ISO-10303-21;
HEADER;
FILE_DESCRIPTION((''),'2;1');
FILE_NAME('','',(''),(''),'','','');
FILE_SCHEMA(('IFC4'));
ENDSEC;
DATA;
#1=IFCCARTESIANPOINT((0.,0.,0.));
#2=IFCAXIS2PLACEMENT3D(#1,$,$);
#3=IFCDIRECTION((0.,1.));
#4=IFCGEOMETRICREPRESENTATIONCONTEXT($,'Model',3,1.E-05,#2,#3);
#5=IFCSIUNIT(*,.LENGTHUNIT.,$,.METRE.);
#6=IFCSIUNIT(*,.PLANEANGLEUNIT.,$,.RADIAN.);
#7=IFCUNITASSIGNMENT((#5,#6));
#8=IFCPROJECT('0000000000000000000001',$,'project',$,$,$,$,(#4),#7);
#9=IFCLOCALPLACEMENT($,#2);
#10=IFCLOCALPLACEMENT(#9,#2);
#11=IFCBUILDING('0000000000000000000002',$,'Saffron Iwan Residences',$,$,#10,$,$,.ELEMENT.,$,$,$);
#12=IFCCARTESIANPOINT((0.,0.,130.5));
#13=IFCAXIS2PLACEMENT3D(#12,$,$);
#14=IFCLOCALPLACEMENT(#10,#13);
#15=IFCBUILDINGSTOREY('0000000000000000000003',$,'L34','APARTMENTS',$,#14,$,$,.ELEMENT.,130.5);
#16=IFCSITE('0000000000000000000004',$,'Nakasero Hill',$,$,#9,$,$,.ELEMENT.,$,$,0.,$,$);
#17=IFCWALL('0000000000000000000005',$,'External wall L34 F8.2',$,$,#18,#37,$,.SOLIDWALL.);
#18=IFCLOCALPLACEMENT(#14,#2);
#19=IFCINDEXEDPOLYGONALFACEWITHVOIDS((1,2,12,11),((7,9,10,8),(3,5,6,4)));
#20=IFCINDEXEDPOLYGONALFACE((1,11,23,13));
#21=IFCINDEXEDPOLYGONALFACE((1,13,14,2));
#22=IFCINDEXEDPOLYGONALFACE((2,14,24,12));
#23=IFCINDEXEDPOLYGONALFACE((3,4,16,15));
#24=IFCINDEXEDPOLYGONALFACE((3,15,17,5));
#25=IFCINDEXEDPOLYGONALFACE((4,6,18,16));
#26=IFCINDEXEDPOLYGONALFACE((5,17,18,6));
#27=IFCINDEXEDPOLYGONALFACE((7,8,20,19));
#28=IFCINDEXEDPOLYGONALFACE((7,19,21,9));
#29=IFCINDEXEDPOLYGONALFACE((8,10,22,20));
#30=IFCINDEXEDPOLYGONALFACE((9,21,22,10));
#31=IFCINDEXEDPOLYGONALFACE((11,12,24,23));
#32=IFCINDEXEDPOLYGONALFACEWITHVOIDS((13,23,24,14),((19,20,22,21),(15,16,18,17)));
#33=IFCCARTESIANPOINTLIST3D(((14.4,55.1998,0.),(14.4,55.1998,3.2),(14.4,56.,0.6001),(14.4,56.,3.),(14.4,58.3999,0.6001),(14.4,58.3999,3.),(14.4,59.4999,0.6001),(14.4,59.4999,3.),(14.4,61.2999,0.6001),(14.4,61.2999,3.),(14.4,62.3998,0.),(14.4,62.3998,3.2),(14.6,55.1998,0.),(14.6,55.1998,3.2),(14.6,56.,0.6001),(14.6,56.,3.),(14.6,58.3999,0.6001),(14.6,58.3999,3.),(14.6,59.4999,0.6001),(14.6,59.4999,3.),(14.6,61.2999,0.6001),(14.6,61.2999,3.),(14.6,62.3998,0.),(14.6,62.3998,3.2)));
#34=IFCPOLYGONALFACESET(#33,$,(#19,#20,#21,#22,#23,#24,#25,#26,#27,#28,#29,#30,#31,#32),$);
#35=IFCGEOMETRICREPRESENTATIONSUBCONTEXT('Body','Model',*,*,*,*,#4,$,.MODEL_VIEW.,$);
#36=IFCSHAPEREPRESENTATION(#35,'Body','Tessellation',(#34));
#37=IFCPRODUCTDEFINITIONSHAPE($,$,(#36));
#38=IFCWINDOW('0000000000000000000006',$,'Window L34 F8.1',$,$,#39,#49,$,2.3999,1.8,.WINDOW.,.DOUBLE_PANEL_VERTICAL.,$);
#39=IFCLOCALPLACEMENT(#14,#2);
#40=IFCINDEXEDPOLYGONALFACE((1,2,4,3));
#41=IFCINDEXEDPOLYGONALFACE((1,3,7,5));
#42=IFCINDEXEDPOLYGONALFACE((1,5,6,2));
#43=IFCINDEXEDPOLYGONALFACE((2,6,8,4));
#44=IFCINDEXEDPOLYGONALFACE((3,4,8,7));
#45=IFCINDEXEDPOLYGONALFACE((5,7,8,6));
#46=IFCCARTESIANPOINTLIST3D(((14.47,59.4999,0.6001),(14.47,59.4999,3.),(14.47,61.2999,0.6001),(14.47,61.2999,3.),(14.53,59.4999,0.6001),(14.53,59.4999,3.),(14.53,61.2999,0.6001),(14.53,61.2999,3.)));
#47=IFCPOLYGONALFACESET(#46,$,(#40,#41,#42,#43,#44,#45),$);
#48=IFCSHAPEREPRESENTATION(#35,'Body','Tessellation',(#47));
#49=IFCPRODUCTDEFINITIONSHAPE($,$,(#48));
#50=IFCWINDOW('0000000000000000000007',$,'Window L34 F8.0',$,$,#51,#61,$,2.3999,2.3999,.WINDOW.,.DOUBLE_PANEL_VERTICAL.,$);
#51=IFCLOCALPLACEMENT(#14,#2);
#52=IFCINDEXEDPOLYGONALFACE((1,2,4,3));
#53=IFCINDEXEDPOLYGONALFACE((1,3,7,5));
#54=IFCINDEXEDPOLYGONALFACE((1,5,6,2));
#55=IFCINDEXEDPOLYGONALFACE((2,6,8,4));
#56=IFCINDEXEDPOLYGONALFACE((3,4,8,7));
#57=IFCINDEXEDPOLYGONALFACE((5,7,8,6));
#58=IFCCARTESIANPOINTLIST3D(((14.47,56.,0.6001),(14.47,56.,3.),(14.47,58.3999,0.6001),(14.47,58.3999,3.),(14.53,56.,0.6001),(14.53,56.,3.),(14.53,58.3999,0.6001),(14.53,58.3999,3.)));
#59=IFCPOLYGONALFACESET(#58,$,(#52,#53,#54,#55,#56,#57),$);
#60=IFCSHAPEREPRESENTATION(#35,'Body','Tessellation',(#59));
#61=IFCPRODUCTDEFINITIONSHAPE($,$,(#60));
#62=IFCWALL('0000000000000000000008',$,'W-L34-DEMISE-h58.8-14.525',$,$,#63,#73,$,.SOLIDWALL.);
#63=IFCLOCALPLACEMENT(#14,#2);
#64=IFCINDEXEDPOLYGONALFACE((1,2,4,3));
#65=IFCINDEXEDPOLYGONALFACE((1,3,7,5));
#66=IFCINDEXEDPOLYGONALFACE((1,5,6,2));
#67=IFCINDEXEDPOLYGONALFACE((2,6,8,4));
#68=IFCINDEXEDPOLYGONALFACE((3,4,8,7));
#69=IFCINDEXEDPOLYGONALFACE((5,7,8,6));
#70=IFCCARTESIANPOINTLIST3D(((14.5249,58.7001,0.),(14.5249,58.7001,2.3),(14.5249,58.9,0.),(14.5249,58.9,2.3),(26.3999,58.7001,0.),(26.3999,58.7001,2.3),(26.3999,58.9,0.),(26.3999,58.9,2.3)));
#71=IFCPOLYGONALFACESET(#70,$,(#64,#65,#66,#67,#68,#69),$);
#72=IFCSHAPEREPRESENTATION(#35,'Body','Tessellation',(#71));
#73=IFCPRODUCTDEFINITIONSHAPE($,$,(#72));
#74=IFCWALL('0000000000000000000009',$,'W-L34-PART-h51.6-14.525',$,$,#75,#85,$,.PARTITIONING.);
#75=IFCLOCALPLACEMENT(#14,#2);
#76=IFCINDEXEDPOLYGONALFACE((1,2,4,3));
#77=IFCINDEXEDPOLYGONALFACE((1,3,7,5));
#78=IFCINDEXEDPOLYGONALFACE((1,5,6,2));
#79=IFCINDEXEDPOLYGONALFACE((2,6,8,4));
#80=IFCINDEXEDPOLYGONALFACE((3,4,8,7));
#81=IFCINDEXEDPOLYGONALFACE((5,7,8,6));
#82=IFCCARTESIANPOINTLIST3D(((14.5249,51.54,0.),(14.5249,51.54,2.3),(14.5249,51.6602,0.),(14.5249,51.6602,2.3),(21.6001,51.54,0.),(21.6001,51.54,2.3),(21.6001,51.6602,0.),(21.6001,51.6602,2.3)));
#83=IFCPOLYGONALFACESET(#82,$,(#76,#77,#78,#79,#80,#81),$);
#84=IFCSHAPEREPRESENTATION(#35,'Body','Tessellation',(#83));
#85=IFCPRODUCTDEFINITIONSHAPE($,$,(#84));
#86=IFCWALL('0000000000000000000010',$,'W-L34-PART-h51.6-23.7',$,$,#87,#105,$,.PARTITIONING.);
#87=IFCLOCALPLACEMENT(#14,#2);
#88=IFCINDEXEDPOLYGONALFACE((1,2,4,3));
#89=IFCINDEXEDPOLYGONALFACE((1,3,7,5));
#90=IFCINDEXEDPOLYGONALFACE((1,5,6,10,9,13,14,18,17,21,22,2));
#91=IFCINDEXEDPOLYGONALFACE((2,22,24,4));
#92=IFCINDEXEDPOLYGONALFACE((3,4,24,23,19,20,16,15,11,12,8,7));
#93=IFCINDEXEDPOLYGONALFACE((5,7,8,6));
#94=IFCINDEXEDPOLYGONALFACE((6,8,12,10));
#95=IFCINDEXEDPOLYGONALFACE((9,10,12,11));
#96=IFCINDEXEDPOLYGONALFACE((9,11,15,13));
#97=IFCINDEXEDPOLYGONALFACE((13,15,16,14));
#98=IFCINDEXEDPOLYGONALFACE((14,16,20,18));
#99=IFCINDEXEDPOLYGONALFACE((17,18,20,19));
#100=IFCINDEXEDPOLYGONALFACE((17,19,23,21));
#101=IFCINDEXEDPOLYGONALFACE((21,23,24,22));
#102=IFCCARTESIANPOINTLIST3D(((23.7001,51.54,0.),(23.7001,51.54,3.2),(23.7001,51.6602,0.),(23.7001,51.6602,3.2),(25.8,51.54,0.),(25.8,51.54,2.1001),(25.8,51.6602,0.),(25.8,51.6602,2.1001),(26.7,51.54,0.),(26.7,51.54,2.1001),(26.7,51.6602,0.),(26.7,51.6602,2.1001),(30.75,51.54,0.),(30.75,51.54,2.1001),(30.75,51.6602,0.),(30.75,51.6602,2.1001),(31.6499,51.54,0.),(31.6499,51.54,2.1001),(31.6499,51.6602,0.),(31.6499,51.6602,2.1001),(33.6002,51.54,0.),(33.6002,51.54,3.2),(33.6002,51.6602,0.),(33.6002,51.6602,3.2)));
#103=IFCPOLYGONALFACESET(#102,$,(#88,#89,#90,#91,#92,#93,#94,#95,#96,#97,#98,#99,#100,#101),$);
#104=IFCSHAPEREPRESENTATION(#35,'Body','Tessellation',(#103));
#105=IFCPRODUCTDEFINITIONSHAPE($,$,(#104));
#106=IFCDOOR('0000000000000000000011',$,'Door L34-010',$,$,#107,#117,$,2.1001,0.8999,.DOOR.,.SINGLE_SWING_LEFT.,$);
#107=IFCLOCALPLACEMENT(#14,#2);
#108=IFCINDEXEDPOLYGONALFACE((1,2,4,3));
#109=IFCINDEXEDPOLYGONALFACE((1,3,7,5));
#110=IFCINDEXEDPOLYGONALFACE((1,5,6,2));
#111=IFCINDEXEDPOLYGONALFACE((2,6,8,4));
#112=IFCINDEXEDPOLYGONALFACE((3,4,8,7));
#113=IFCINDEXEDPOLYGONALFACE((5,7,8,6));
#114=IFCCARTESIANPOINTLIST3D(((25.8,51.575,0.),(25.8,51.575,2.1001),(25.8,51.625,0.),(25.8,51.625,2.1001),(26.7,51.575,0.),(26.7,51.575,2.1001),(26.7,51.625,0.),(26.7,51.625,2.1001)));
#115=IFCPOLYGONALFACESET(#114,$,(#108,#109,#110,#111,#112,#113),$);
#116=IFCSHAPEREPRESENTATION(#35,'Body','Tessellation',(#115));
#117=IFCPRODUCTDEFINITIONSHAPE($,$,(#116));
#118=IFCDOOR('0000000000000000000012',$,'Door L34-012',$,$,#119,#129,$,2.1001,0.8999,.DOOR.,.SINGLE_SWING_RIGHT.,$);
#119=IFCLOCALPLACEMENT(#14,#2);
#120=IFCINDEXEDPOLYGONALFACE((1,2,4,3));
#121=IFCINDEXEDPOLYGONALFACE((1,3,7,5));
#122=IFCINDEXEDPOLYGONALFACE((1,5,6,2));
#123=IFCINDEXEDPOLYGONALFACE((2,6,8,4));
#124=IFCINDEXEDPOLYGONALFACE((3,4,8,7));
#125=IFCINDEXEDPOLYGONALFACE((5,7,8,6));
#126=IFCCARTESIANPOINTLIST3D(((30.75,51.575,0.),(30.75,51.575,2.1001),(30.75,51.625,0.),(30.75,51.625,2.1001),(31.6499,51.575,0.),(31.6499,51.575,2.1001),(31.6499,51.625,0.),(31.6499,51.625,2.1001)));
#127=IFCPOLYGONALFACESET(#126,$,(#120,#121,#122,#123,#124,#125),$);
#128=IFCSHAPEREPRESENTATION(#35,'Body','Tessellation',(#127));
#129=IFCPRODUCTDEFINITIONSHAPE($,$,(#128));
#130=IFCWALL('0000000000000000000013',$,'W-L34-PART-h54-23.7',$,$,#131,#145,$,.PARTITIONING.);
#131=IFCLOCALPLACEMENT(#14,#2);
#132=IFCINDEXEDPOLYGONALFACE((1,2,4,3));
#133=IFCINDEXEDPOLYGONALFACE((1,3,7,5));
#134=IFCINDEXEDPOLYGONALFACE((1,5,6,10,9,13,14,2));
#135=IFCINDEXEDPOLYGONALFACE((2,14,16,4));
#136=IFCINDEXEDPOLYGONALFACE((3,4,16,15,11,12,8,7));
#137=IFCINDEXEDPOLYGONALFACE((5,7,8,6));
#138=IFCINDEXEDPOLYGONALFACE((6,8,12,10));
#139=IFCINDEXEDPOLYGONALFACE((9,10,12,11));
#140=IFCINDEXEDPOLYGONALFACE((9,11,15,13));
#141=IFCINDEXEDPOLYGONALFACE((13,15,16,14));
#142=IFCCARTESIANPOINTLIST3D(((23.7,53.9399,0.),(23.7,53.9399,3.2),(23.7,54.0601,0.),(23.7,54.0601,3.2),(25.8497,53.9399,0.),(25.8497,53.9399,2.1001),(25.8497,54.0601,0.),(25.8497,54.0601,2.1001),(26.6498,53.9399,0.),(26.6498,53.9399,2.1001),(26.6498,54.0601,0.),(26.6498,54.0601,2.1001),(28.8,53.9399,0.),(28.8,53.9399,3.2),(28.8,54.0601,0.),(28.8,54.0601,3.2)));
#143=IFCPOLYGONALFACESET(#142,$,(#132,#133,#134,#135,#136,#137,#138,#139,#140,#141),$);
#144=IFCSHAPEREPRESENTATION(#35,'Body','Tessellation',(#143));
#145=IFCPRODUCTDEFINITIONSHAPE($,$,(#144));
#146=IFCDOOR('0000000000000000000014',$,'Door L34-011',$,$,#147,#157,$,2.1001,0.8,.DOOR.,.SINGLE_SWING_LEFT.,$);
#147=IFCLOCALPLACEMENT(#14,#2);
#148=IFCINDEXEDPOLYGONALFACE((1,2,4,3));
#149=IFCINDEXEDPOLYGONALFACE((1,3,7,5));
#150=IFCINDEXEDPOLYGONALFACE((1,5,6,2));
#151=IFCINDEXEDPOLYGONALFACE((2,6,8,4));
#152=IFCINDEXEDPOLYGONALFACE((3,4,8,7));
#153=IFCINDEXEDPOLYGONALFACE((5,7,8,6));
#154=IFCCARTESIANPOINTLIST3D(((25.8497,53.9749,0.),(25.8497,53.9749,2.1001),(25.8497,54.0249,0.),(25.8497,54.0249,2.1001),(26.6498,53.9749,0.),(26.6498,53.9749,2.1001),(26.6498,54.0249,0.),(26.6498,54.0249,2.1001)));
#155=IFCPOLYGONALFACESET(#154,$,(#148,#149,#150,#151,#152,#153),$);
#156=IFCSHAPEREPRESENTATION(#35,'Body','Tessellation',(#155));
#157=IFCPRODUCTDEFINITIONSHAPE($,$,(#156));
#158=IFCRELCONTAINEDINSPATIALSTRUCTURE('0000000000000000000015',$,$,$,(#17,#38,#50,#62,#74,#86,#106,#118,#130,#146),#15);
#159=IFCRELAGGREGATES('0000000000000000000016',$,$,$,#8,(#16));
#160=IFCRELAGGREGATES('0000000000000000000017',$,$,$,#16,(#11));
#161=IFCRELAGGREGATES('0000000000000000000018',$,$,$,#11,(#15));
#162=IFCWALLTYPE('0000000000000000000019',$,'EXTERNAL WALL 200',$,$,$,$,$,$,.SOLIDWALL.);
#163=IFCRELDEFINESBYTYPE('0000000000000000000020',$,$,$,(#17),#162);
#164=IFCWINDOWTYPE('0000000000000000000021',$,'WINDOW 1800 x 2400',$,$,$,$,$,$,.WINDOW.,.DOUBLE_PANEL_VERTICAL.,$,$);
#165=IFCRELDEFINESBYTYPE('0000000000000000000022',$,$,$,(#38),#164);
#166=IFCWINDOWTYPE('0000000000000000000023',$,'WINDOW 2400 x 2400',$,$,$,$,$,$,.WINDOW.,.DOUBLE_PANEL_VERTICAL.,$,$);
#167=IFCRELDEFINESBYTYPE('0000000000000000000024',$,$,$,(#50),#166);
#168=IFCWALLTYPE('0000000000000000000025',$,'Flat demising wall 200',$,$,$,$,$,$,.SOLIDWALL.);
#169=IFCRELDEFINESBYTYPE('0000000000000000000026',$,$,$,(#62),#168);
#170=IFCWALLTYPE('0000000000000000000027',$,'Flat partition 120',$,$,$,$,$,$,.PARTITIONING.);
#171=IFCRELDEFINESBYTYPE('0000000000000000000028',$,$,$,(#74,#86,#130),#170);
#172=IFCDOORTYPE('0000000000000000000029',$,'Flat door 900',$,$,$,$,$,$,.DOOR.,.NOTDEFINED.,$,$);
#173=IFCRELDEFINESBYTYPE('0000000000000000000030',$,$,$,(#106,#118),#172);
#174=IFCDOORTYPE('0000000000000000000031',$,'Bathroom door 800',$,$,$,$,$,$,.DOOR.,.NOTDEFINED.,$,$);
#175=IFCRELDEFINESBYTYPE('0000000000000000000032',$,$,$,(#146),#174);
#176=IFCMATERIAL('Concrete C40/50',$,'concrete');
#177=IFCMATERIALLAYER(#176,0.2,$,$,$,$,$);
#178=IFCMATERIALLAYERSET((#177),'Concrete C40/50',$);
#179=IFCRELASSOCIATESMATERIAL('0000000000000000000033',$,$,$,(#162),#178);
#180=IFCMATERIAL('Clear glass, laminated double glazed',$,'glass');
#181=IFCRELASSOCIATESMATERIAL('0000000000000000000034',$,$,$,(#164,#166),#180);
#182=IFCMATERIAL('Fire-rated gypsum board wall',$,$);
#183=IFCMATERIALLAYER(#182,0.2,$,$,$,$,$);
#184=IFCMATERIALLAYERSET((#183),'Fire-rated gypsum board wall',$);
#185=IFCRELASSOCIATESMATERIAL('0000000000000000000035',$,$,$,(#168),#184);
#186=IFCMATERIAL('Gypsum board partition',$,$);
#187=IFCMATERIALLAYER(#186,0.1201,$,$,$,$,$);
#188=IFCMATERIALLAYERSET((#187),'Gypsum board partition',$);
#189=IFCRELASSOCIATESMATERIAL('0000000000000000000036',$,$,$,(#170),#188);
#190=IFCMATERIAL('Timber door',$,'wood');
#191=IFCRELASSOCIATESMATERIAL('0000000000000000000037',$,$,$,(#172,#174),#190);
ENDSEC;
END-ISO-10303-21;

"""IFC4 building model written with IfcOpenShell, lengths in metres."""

from ifc_helpers import new_model, si_unit, direction, frame, frame_2d, origin, place, context, subcontext, project, spatial, rectangle, extrude, material, layer, layer_set, type_object, element, fill, save


model = new_model("IFC4")

# Units and contexts
model_context = context("Model", 3, precision=1e-05, world=origin(), true_north=direction((0.0, 1.0)))
body_context = subcontext(model_context, "Body", "Model", "MODEL_VIEW")
ifc_project = project(units=[si_unit("LENGTHUNIT", "METRE"), si_unit("PLANEANGLEUNIT", "RADIAN")], contexts=[model_context])

# Site, building, storey
site_placement = place(None, origin())
site = spatial("IfcSite", under=ifc_project, at=site_placement, Name="Nakasero Hill", CompositionType="ELEMENT", RefElevation=0.0)
building_placement = place(site_placement, origin())
building = spatial("IfcBuilding", under=site, at=building_placement, Name="Saffron Iwan Residences", CompositionType="ELEMENT")
storey_placement = place(building_placement, frame((0.0, 0.0, 130.5)))
storey = spatial("IfcBuildingStorey", under=building, at=storey_placement, Name="L34", Description="APARTMENTS", CompositionType="ELEMENT", Elevation=130.5)

# Wall, openings, windows
ifc_material_1 = material(Name="Concrete C40/50", Category="concrete")
ifc_layer_1 = layer(ifc_material_1, 0.2)
ifc_layer_set_1 = layer_set([ifc_layer_1], Name="Concrete C40/50")
wall_type_1 = type_object("IfcWallType", Name="EXTERNAL WALL 200", PredefinedType="SOLIDWALL", material=ifc_layer_set_1)
wall_1_placement = place(storey_placement, frame((14.5, 62.3999, 0.0), z_axis=(0.0, 0.0, 1.0), x_axis=(0.0, -1.0, 0.0)))
wall_1 = element("IfcWall", 1, at=wall_1_placement, inside=storey, type_object=wall_type_1, Name="External wall L34 F8.2", PredefinedType="SOLIDWALL", context=body_context, shape_type="SweptSolid", body=[
    extrude(rectangle(XDim=7.2, YDim=0.2, at=frame_2d((3.6001, 0.0))), origin(), (0.0, 0.0, 1.0), 3.2),
])
opening_1_placement = place(wall_1_placement, frame((4.0, 0.0, 0.6001)))
opening_1 = element("IfcOpeningElement", 2, at=opening_1_placement, cuts=wall_1, PredefinedType="OPENING", context=body_context, shape_type="SweptSolid", body=[
    extrude(rectangle(XDim=2.3999, YDim=2.3999, at=frame_2d((1.2, 1.2))), frame((0.0, 0.1099, 0.0), z_axis=(0.0, -1.0, 0.0), x_axis=(1.0, 0.0, 0.0)), (0.0, 0.0, 1.0), 0.22),
])
opening_2_placement = place(wall_1_placement, frame((1.1001, 0.0, 0.6001)))
opening_2 = element("IfcOpeningElement", 3, at=opening_2_placement, cuts=wall_1, PredefinedType="OPENING", context=body_context, shape_type="SweptSolid", body=[
    extrude(rectangle(XDim=1.8, YDim=2.3999, at=frame_2d((0.8999, 1.2))), frame((0.0, 0.1099, 0.0), z_axis=(0.0, -1.0, 0.0), x_axis=(1.0, 0.0, 0.0)), (0.0, 0.0, 1.0), 0.22),
])
ifc_material_2 = material(Name="Clear glass, laminated double glazed", Category="glass")
window_type_1 = type_object("IfcWindowType", Name="WINDOW 1800 x 2400", PartitioningType="DOUBLE_PANEL_VERTICAL", PredefinedType="WINDOW", material=ifc_material_2)
window_1_placement = place(opening_2_placement, origin())
window_1 = element("IfcWindow", 4, at=window_1_placement, inside=storey, type_object=window_type_1, Name="Window L34 F8.1", OverallHeight=2.3999, OverallWidth=1.8, PartitioningType="DOUBLE_PANEL_VERTICAL", PredefinedType="WINDOW", context=body_context, shape_type="SweptSolid", body=[
    extrude(rectangle(XDim=1.8, YDim=2.3999, at=frame_2d((0.8999, 1.2))), frame((0.0, 0.03, 0.0), z_axis=(0.0, -1.0, 0.0), x_axis=(1.0, 0.0, 0.0)), (0.0, 0.0, 1.0), 0.0601),
])
fill(opening_2, window_1)
window_type_2 = type_object("IfcWindowType", Name="WINDOW 2400 x 2400", PartitioningType="DOUBLE_PANEL_VERTICAL", PredefinedType="WINDOW", material=ifc_material_2)
window_2_placement = place(opening_1_placement, origin())
window_2 = element("IfcWindow", 5, at=window_2_placement, inside=storey, type_object=window_type_2, Name="Window L34 F8.0", OverallHeight=2.3999, OverallWidth=2.3999, PartitioningType="DOUBLE_PANEL_VERTICAL", PredefinedType="WINDOW", context=body_context, shape_type="SweptSolid", body=[
    extrude(rectangle(XDim=2.3999, YDim=2.3999, at=frame_2d((1.2, 1.2))), frame((0.0, 0.03, 0.0), z_axis=(0.0, -1.0, 0.0), x_axis=(1.0, 0.0, 0.0)), (0.0, 0.0, 1.0), 0.0601),
])
fill(opening_1, window_2)

# Walls
ifc_material_3 = material(Name="Fire-rated gypsum board wall")
ifc_layer_2 = layer(ifc_material_3, 0.2)
ifc_layer_set_2 = layer_set([ifc_layer_2], Name="Fire-rated gypsum board wall")
wall_type_2 = type_object("IfcWallType", Name="Flat demising wall 200", PredefinedType="SOLIDWALL", material=ifc_layer_set_2)
wall_2_placement = place(storey_placement, frame((14.5249, 58.8, 0.0), z_axis=(0.0, 0.0, 1.0), x_axis=(1.0, 0.0, 0.0)))
element("IfcWall", 6, at=wall_2_placement, inside=storey, type_object=wall_type_2, Name="W-L34-DEMISE-h58.8-14.525", PredefinedType="SOLIDWALL", context=body_context, shape_type="SweptSolid", body=[
    extrude(rectangle(XDim=11.875, YDim=0.2, at=frame_2d((5.9375, 0.0))), origin(), (0.0, 0.0, 1.0), 2.3),
])
ifc_material_4 = material(Name="Gypsum board partition")
ifc_layer_3 = layer(ifc_material_4, 0.1201)
ifc_layer_set_3 = layer_set([ifc_layer_3], Name="Gypsum board partition")
wall_type_3 = type_object("IfcWallType", Name="Flat partition 120", PredefinedType="PARTITIONING", material=ifc_layer_set_3)
wall_3_placement = place(storey_placement, frame((14.5249, 51.6001, 0.0), z_axis=(0.0, 0.0, 1.0), x_axis=(1.0, 0.0, 0.0)))
element("IfcWall", 7, at=wall_3_placement, inside=storey, type_object=wall_type_3, Name="W-L34-PART-h51.6-14.525", PredefinedType="PARTITIONING", context=body_context, shape_type="SweptSolid", body=[
    extrude(rectangle(XDim=7.0752, YDim=0.1201, at=frame_2d((3.5376, 0.0))), origin(), (0.0, 0.0, 1.0), 2.3),
])

# Wall, openings, doors
wall_4_placement = place(storey_placement, frame((23.7, 51.6001, 0.0), z_axis=(0.0, 0.0, 1.0), x_axis=(1.0, 0.0, 0.0)))
wall_4 = element("IfcWall", 8, at=wall_4_placement, inside=storey, type_object=wall_type_3, Name="W-L34-PART-h51.6-23.7", PredefinedType="PARTITIONING", context=body_context, shape_type="SweptSolid", body=[
    extrude(rectangle(XDim=9.9001, YDim=0.1201, at=frame_2d((4.9502, 0.0))), origin(), (0.0, 0.0, 1.0), 3.2),
])
opening_3_placement = place(wall_4_placement, frame((2.1001, 0.0, 0.0)))
opening_3 = element("IfcOpeningElement", 9, at=opening_3_placement, cuts=wall_4, PredefinedType="OPENING", context=body_context, shape_type="SweptSolid", body=[
    extrude(rectangle(XDim=0.8999, YDim=2.1001, at=frame_2d((0.45, 1.05))), frame((0.0, 0.0701, 0.0), z_axis=(0.0, -1.0, 0.0), x_axis=(1.0, 0.0, 0.0)), (0.0, 0.0, 1.0), 0.1401),
])
opening_4_placement = place(wall_4_placement, frame((7.05, 0.0, 0.0)))
opening_4 = element("IfcOpeningElement", 10, at=opening_4_placement, cuts=wall_4, PredefinedType="OPENING", context=body_context, shape_type="SweptSolid", body=[
    extrude(rectangle(XDim=0.8999, YDim=2.1001, at=frame_2d((0.45, 1.05))), frame((0.0, 0.0701, 0.0), z_axis=(0.0, -1.0, 0.0), x_axis=(1.0, 0.0, 0.0)), (0.0, 0.0, 1.0), 0.1401),
])
ifc_material_5 = material(Name="Timber door", Category="wood")
door_type_1 = type_object("IfcDoorType", Name="Flat door 900", OperationType="NOTDEFINED", PredefinedType="DOOR", material=ifc_material_5)
door_1_placement = place(opening_3_placement, origin())
door_1 = element("IfcDoor", 11, at=door_1_placement, inside=storey, type_object=door_type_1, Name="Door L34-010", OperationType="SINGLE_SWING_LEFT", OverallHeight=2.1001, OverallWidth=0.8999, PredefinedType="DOOR", context=body_context, shape_type="SweptSolid", body=[
    extrude(rectangle(XDim=0.8999, YDim=2.1001, at=frame_2d((0.45, 1.05))), frame((0.0, 0.0249, 0.0), z_axis=(0.0, -1.0, 0.0), x_axis=(1.0, 0.0, 0.0)), (0.0, 0.0, 1.0), 0.05),
])
fill(opening_3, door_1)
door_2_placement = place(opening_4_placement, origin())
door_2 = element("IfcDoor", 12, at=door_2_placement, inside=storey, type_object=door_type_1, Name="Door L34-012", OperationType="SINGLE_SWING_RIGHT", OverallHeight=2.1001, OverallWidth=0.8999, PredefinedType="DOOR", context=body_context, shape_type="SweptSolid", body=[
    extrude(rectangle(XDim=0.8999, YDim=2.1001, at=frame_2d((0.45, 1.05))), frame((0.0, 0.0249, 0.0), z_axis=(0.0, -1.0, 0.0), x_axis=(1.0, 0.0, 0.0)), (0.0, 0.0, 1.0), 0.05),
])
fill(opening_4, door_2)

# Wall, opening, door
wall_5_placement = place(storey_placement, frame((23.7, 54.0, 0.0), z_axis=(0.0, 0.0, 1.0), x_axis=(1.0, 0.0, 0.0)))
wall_5 = element("IfcWall", 13, at=wall_5_placement, inside=storey, type_object=wall_type_3, Name="W-L34-PART-h54-23.7", PredefinedType="PARTITIONING", context=body_context, shape_type="SweptSolid", body=[
    extrude(rectangle(XDim=5.1001, YDim=0.1201, at=frame_2d((2.55, 0.0))), origin(), (0.0, 0.0, 1.0), 3.2),
])
opening_5_placement = place(wall_5_placement, frame((2.1499, 0.0, 0.0)))
opening_5 = element("IfcOpeningElement", 14, at=opening_5_placement, cuts=wall_5, PredefinedType="OPENING", context=body_context, shape_type="SweptSolid", body=[
    extrude(rectangle(XDim=0.8, YDim=2.1001, at=frame_2d((0.3999, 1.05))), frame((0.0, 0.0701, 0.0), z_axis=(0.0, -1.0, 0.0), x_axis=(1.0, 0.0, 0.0)), (0.0, 0.0, 1.0), 0.1401),
])
door_type_2 = type_object("IfcDoorType", Name="Bathroom door 800", OperationType="NOTDEFINED", PredefinedType="DOOR", material=ifc_material_5)
door_3_placement = place(opening_5_placement, origin())
door_3 = element("IfcDoor", 15, at=door_3_placement, inside=storey, type_object=door_type_2, Name="Door L34-011", OperationType="SINGLE_SWING_LEFT", OverallHeight=2.1001, OverallWidth=0.8, PredefinedType="DOOR", context=body_context, shape_type="SweptSolid", body=[
    extrude(rectangle(XDim=0.8, YDim=2.1001, at=frame_2d((0.3999, 1.05))), frame((0.0, 0.0249, 0.0), z_axis=(0.0, -1.0, 0.0), x_axis=(1.0, 0.0, 0.0)), (0.0, 0.0, 1.0), 0.05),
])
fill(opening_5, door_3)

save(model, "model.ifc")
